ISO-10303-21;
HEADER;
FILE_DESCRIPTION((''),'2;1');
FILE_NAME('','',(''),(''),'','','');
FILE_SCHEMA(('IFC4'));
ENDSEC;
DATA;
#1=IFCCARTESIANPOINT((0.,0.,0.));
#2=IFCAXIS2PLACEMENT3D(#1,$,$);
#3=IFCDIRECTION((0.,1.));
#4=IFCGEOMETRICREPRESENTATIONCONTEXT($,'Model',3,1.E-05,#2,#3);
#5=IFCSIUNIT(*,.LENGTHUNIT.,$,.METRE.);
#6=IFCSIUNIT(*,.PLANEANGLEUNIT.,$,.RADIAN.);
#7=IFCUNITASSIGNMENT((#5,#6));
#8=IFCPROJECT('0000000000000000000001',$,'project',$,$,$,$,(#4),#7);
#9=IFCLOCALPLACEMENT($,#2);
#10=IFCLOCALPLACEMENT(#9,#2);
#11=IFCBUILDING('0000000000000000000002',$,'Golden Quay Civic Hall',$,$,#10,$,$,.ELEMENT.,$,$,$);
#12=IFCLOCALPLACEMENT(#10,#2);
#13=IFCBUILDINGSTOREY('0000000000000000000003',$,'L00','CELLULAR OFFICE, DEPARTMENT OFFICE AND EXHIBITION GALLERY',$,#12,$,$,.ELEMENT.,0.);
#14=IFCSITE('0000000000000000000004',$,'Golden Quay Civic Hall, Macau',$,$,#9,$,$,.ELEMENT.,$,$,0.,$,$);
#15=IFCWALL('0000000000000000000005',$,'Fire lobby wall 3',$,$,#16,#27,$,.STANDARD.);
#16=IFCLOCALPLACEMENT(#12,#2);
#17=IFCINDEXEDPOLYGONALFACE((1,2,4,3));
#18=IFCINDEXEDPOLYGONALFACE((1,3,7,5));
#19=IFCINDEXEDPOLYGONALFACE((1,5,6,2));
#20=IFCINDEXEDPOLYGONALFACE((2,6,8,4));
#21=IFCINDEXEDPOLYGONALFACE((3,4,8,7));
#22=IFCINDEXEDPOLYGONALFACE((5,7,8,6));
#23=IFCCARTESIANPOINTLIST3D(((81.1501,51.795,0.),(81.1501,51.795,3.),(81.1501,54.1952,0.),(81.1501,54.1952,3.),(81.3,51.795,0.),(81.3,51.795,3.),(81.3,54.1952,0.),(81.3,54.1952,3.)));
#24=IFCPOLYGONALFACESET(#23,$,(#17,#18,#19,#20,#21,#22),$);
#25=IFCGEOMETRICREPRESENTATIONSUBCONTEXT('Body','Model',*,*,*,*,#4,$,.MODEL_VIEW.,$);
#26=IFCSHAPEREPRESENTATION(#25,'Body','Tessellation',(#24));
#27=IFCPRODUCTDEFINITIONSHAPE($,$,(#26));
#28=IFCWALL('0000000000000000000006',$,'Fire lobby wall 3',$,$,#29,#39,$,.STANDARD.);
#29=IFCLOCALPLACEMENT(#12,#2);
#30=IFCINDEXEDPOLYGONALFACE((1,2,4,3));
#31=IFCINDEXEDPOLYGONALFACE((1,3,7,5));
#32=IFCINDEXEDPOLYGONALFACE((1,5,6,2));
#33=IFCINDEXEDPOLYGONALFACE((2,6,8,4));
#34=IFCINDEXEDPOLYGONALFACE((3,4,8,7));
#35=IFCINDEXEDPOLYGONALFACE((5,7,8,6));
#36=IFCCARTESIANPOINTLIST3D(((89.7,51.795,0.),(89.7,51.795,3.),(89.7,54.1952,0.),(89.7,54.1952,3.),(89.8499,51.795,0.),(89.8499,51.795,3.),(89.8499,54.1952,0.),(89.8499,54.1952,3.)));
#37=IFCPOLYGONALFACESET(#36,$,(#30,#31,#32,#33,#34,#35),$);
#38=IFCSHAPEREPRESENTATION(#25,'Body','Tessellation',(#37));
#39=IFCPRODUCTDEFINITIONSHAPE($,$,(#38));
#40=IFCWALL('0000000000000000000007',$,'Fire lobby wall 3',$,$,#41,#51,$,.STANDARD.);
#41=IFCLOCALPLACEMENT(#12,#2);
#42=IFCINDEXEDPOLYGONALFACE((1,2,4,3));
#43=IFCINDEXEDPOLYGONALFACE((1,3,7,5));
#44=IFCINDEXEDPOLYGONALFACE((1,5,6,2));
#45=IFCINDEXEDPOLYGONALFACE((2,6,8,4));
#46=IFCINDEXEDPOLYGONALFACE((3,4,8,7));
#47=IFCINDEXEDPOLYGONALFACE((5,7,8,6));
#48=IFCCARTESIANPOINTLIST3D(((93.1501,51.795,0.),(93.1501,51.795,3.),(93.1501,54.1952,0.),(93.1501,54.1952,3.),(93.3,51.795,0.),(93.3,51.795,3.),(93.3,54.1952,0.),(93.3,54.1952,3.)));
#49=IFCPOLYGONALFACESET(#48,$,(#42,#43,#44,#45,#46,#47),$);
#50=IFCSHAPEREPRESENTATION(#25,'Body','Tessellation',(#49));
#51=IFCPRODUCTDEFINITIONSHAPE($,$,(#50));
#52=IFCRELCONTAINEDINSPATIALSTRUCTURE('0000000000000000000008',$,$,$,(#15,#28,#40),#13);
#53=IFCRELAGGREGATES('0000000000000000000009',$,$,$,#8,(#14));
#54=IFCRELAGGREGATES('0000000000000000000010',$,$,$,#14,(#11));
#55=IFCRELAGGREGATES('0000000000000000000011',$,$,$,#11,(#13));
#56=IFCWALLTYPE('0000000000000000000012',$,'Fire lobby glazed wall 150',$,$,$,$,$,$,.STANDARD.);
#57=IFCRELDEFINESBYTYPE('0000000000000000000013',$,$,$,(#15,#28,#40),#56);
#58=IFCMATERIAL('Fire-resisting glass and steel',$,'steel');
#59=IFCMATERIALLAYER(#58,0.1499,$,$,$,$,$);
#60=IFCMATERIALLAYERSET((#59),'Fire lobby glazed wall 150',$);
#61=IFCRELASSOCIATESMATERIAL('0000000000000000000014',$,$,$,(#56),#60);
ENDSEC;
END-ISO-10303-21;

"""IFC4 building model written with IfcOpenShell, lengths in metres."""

from ifc_helpers import new_model, si_unit, direction, frame, frame_2d, origin, place, context, subcontext, project, spatial, rectangle, extrude, material, layer, layer_set, type_object, element, save


model = new_model("IFC4")

# Units and contexts
model_context = context("Model", 3, precision=1e-05, world=origin(), true_north=direction((0.0, 1.0)))
body_context = subcontext(model_context, "Body", "Model", "MODEL_VIEW")
ifc_project = project(units=[si_unit("LENGTHUNIT", "METRE"), si_unit("PLANEANGLEUNIT", "RADIAN")], contexts=[model_context])

# Site, building, storey
site_placement = place(None, origin())
site = spatial("IfcSite", under=ifc_project, at=site_placement, Name="Golden Quay Civic Hall, Macau", CompositionType="ELEMENT", RefElevation=0.0)
building_placement = place(site_placement, origin())
building = spatial("IfcBuilding", under=site, at=building_placement, Name="Golden Quay Civic Hall", CompositionType="ELEMENT")
storey_placement = place(building_placement, origin())
storey = spatial("IfcBuildingStorey", under=building, at=storey_placement, Name="L00", Description="CELLULAR OFFICE, DEPARTMENT OFFICE AND EXHIBITION GALLERY", CompositionType="ELEMENT", Elevation=0.0)

# Wall
ifc_material_1 = material(Name="Fire-resisting glass and steel", Category="steel")
ifc_layer_1 = layer(ifc_material_1, 0.1499)
ifc_layer_set_1 = layer_set([ifc_layer_1], Name="Fire lobby glazed wall 150")
wall_type_1 = type_object("IfcWallType", Name="Fire lobby glazed wall 150", PredefinedType="STANDARD", material=ifc_layer_set_1)
for number, where, z_axis, x_axis, name in (
    (1, (81.2251, 51.7949, 0.0), (0.0, 0.0, 1.0), (0.0, 1.0, 0.0), "Fire lobby wall 3"),
):
    element("IfcWall", number, at=place(storey_placement, frame(where, z_axis=z_axis, x_axis=x_axis)), inside=storey, type_object=wall_type_1, Name=name, PredefinedType="STANDARD", context=body_context, shape_type="SweptSolid", body=[
        extrude(rectangle(XDim=2.4001, YDim=0.1499, at=frame_2d((1.2002, 0.0))), origin(), (0.0, 0.0, 1.0), 3.0),
    ])

# Walls
for number, where, z_axis, x_axis, name in (
    (2, (89.7749, 51.7949, 0.0), (0.0, 0.0, 1.0), (0.0, 1.0, 0.0), "Fire lobby wall 3"),
    (3, (93.2251, 51.7949, 0.0), (0.0, 0.0, 1.0), (0.0, 1.0, 0.0), "Fire lobby wall 3"),
):
    element("IfcWall", number, at=place(storey_placement, frame(where, z_axis=z_axis, x_axis=x_axis)), inside=storey, type_object=wall_type_1, Name=name, PredefinedType="STANDARD", context=body_context, shape_type="SweptSolid", body=[
        extrude(rectangle(XDim=2.4001, YDim=0.1499, at=frame_2d((1.2002, 0.0))), origin(), (0.0, 0.0, 1.0), 3.0),
    ])

save(model, "model.ifc")
